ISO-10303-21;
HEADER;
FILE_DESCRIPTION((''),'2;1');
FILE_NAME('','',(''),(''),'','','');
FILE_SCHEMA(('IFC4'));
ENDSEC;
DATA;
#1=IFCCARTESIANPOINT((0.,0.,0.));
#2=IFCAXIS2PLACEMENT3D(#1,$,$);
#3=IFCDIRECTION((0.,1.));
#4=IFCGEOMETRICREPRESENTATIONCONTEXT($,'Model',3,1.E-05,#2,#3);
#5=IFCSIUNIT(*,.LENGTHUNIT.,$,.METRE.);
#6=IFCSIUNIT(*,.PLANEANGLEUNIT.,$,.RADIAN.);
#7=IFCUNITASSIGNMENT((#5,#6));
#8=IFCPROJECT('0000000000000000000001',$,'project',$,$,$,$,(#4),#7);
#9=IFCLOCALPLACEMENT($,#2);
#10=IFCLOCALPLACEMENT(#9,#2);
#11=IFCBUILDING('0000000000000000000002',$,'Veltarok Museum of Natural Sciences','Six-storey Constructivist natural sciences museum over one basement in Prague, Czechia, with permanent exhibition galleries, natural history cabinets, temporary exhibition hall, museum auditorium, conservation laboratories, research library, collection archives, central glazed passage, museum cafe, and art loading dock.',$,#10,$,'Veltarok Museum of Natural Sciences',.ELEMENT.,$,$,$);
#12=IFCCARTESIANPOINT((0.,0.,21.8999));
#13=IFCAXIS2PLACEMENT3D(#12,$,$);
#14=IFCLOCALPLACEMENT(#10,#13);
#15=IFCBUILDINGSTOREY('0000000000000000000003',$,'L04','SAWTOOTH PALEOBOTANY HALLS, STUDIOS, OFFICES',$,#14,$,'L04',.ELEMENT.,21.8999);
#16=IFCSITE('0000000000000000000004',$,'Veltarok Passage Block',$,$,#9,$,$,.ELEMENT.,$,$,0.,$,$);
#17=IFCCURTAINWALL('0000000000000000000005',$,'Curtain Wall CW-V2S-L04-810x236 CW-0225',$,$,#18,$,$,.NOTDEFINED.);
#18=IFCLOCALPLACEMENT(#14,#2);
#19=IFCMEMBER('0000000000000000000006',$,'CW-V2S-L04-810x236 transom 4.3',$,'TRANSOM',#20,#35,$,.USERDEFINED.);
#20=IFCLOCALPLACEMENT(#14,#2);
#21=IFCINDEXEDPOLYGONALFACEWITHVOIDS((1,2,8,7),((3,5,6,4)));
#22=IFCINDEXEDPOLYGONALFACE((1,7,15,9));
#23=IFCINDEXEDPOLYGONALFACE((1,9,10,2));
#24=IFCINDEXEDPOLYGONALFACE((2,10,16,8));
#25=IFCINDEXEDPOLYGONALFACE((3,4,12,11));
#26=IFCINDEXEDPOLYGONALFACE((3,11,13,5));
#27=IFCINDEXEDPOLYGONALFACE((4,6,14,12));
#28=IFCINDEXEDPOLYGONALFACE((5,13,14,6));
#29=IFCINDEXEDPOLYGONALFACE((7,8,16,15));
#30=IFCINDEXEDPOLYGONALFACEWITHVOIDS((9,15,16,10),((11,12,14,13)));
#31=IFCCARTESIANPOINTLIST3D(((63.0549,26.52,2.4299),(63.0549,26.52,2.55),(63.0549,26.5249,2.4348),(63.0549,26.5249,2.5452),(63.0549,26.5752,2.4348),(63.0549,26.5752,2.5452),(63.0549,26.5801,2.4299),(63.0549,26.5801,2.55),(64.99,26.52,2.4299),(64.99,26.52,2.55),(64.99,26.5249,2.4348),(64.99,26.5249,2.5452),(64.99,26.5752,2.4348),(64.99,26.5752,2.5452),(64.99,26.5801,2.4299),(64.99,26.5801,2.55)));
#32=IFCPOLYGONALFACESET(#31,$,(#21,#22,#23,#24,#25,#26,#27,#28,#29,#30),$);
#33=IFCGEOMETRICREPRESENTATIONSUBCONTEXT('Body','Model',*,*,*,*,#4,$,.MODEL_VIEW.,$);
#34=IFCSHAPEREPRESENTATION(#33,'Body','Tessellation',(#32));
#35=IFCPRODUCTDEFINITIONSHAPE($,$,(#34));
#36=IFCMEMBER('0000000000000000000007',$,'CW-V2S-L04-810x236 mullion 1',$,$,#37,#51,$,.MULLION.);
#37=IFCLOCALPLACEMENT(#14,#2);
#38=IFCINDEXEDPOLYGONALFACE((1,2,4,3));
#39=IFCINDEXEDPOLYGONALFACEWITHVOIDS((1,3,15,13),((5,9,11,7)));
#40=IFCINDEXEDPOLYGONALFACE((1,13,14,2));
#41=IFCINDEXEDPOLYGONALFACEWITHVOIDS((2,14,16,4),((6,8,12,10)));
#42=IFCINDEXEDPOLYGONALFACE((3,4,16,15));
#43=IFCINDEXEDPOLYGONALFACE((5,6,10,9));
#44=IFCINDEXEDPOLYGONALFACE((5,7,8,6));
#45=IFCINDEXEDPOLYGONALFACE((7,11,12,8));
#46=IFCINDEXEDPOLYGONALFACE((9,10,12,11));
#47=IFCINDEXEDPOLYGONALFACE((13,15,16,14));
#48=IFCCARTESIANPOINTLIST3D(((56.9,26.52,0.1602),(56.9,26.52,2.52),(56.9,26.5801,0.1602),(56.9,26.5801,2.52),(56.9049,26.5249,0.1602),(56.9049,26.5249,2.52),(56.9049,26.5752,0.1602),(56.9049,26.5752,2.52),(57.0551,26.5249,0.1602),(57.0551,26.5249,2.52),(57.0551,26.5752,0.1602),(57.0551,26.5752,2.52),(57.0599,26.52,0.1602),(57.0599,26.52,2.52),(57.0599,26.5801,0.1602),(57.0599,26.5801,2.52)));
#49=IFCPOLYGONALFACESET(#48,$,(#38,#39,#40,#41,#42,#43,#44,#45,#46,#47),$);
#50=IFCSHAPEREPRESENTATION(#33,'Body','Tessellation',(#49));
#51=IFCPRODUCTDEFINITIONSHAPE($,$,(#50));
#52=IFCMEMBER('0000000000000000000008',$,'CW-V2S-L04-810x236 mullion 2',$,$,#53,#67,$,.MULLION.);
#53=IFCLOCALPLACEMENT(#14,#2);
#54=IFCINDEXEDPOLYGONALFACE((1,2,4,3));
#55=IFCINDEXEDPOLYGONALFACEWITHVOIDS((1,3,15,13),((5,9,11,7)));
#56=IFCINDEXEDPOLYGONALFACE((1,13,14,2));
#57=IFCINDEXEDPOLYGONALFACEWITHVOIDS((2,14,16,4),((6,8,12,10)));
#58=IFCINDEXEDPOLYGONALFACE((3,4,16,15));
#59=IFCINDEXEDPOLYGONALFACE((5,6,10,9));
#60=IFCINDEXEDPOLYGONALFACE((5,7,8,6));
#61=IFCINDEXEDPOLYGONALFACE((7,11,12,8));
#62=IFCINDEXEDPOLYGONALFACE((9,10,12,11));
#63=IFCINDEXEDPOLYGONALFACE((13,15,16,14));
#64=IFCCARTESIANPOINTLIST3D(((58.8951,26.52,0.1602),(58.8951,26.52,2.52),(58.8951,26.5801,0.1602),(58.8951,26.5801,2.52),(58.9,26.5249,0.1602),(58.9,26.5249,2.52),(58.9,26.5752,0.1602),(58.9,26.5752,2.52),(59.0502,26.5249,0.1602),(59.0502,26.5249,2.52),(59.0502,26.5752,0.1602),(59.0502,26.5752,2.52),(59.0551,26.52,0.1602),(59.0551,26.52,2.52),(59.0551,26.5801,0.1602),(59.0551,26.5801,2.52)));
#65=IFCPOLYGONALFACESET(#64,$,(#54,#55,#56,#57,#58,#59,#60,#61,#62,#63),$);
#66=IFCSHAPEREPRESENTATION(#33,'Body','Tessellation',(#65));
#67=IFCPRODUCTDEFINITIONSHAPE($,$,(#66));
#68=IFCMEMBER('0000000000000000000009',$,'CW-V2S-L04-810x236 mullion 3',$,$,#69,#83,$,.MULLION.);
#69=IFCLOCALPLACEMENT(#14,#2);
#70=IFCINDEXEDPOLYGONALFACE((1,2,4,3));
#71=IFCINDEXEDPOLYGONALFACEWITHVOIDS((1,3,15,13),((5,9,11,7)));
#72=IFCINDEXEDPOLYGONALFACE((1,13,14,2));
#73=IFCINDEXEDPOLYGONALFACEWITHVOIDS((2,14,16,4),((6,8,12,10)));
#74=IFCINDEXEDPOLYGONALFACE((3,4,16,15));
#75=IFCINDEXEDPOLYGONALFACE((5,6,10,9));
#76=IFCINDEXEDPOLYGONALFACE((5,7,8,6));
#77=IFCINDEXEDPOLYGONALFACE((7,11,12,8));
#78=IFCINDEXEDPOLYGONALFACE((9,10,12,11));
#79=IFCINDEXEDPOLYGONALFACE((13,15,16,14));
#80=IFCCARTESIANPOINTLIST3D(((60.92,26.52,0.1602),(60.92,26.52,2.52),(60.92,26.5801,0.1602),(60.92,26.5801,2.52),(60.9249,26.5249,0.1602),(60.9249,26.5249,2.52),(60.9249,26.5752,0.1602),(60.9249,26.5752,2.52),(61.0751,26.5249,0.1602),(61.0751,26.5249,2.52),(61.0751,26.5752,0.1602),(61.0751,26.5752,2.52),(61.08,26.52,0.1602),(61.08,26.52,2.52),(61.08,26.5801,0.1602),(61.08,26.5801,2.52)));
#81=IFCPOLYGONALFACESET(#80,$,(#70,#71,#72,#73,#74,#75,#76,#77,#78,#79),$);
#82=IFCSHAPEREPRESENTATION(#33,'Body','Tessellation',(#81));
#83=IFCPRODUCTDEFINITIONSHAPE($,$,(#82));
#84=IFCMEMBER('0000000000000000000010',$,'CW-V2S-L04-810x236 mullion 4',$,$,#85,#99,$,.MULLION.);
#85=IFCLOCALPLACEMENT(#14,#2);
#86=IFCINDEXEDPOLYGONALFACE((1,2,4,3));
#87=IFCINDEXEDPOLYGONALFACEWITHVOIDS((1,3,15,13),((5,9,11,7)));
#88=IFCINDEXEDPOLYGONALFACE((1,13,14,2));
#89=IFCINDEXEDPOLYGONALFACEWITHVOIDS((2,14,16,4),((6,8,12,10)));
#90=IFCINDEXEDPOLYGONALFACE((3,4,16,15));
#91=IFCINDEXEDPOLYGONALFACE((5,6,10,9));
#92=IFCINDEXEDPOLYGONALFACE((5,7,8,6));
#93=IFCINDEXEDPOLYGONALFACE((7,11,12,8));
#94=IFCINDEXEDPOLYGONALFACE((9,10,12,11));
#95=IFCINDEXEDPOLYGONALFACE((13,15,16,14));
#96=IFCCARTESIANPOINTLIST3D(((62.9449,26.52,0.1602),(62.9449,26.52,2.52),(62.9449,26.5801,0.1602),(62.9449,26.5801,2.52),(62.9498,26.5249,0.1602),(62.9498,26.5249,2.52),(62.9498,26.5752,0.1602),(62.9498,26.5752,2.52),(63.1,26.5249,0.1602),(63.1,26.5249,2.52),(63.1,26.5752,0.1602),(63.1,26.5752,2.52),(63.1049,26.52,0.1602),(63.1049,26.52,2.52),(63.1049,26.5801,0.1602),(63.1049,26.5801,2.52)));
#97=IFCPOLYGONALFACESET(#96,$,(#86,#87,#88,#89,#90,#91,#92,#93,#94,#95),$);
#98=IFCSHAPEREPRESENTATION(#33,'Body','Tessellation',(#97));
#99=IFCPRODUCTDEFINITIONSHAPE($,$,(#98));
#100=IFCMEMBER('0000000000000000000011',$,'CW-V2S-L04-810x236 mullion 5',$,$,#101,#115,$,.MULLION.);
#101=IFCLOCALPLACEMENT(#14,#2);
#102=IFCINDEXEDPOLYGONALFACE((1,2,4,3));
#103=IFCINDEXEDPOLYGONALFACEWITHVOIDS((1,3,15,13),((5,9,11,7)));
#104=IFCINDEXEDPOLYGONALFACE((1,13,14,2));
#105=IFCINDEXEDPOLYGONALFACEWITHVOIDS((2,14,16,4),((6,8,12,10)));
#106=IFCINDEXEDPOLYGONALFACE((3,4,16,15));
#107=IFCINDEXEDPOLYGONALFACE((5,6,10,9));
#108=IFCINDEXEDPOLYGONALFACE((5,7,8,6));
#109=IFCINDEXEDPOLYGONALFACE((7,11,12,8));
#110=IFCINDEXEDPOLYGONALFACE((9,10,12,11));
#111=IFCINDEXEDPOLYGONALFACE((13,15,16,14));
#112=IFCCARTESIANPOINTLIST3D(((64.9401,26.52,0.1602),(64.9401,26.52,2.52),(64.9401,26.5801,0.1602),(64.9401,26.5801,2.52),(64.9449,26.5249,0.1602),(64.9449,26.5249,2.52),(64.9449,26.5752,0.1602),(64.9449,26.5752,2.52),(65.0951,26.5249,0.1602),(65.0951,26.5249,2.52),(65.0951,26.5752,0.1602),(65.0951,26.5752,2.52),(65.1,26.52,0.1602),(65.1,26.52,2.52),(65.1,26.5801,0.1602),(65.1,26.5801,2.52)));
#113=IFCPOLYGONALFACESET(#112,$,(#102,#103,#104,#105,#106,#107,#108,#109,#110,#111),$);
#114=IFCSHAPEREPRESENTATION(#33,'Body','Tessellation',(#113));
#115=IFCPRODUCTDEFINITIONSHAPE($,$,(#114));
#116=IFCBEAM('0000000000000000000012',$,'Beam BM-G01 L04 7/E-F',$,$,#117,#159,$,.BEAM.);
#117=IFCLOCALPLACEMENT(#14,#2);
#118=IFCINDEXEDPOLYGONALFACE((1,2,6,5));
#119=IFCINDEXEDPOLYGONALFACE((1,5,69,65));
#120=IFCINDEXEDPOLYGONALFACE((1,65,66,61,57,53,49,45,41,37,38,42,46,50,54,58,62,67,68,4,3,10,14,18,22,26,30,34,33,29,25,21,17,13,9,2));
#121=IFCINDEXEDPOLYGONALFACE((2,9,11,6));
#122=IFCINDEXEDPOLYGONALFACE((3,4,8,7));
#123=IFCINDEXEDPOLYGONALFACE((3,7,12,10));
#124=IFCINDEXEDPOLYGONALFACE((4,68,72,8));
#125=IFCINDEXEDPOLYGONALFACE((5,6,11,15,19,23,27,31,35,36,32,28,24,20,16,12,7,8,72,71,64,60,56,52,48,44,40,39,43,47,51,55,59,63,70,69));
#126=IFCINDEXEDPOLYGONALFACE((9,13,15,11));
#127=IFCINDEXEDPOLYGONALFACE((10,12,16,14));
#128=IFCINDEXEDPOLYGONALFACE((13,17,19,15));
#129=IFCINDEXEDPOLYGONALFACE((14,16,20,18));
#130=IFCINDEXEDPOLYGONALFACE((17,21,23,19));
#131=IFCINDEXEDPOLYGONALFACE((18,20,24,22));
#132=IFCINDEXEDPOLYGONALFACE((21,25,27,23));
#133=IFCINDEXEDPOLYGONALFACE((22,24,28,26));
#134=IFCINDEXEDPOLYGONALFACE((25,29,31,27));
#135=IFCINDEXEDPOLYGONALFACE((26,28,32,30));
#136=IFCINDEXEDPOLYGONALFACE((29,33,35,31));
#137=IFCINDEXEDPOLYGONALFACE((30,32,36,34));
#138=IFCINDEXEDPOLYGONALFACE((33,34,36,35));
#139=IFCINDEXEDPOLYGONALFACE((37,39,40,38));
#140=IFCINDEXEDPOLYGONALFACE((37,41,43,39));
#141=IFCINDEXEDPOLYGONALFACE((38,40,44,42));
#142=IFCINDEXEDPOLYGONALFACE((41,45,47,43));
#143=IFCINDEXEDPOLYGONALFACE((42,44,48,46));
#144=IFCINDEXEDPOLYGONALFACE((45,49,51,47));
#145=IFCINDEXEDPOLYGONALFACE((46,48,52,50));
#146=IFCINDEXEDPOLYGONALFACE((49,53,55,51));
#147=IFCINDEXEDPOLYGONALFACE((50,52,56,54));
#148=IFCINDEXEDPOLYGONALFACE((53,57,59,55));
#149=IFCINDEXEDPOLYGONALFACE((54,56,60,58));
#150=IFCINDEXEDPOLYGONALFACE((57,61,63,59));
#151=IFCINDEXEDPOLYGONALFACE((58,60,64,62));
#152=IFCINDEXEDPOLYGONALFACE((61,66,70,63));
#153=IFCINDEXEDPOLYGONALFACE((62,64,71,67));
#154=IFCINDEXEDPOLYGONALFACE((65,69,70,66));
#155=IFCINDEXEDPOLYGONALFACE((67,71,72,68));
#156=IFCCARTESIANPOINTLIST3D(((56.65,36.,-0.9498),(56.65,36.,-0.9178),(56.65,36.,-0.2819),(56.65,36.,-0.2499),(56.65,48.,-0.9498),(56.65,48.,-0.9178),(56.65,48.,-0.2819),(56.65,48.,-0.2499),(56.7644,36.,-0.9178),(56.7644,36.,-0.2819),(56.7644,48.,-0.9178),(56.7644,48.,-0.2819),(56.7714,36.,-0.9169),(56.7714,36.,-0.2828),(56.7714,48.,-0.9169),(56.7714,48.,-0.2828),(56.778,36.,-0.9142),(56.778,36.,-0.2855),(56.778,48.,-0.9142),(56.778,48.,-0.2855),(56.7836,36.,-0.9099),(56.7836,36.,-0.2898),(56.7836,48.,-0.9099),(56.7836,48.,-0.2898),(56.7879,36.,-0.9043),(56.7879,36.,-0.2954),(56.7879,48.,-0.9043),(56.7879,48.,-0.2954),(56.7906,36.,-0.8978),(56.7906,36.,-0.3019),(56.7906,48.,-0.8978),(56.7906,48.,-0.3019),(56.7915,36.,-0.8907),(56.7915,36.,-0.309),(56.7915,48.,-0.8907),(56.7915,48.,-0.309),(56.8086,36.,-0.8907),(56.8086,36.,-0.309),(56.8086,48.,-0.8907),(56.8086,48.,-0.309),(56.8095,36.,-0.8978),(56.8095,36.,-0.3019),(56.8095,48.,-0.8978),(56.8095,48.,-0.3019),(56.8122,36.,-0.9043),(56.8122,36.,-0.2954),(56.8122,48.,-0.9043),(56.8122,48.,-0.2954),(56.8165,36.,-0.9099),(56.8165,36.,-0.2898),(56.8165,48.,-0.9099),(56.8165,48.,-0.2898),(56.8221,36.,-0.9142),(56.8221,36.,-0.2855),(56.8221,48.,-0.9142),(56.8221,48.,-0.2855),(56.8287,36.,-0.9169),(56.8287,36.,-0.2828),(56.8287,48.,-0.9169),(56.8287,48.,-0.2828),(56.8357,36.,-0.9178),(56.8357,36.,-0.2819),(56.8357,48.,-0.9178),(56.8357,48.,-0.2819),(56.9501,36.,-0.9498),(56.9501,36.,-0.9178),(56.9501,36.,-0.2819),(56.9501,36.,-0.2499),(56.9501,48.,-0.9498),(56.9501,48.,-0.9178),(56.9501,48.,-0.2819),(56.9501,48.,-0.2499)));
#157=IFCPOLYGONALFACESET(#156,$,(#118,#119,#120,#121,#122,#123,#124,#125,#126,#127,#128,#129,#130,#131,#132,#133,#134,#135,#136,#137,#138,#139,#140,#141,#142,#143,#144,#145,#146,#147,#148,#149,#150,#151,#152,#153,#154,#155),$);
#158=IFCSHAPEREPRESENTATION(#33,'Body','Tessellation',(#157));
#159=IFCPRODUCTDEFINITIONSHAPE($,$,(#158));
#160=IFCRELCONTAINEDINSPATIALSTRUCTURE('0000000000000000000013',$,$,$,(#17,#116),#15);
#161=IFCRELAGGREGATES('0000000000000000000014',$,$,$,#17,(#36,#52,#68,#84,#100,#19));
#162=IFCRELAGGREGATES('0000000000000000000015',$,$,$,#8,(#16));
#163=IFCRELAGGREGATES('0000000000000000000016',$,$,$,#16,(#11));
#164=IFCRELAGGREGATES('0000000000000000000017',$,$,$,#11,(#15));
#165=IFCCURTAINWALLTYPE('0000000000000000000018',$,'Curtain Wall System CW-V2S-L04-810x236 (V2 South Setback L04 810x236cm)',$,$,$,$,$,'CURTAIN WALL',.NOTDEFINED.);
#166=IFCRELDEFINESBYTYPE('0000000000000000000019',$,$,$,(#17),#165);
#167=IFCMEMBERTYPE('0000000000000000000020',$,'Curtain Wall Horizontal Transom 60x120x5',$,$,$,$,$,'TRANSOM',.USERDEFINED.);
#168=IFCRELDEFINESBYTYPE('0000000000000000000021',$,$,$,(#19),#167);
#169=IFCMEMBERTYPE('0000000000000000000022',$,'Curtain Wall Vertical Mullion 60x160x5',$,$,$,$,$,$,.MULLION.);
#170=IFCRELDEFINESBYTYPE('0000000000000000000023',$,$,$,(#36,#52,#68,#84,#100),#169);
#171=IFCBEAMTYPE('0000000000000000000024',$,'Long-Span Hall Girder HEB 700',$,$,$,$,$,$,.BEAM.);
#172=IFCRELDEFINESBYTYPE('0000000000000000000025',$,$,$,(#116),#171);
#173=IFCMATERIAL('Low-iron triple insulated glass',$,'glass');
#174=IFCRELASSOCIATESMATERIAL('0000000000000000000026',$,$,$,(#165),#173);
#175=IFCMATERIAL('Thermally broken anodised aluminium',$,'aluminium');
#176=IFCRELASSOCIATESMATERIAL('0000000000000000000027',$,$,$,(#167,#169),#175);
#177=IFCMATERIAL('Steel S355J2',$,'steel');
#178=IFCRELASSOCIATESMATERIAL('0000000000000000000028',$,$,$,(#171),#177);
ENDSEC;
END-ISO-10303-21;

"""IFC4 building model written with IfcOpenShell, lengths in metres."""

from ifc_helpers import new_model, si_unit, direction, frame, origin, origin_2d, place, context, subcontext, project, spatial, hollow_rectangle, i_section, extrude, material, material_profile, profile_set, type_object, element, aggregate, save


model = new_model("IFC4")

# Units and contexts
model_context = context("Model", 3, precision=1e-05, world=origin(), true_north=direction((0.0, 1.0)))
body_context = subcontext(model_context, "Body", "Model", "MODEL_VIEW")
ifc_project = project(units=[si_unit("LENGTHUNIT", "METRE"), si_unit("PLANEANGLEUNIT", "RADIAN")], contexts=[model_context])

# Site, building, storey
site_placement = place(None, origin())
site = spatial("IfcSite", under=ifc_project, at=site_placement, Name="Veltarok Passage Block", CompositionType="ELEMENT", RefElevation=0.0)
building_placement = place(site_placement, origin())
building = spatial("IfcBuilding", under=site, at=building_placement, Name="Veltarok Museum of Natural Sciences", Description="Six-storey Constructivist natural sciences museum over one basement in Prague, Czechia, with permanent exhibition galleries, natural history cabinets, temporary exhibition hall, museum auditorium, conservation laboratories, research library, collection archives, central glazed passage, museum cafe, and art loading dock.", LongName="Veltarok Museum of Natural Sciences", CompositionType="ELEMENT")
storey_placement = place(building_placement, frame((0.0, 0.0, 21.8999)))
storey = spatial("IfcBuildingStorey", under=building, at=storey_placement, Name="L04", Description="SAWTOOTH PALEOBOTANY HALLS, STUDIOS, OFFICES", LongName="L04", CompositionType="ELEMENT", Elevation=21.8999)

# Curtain wall, members
ifc_material_1 = material(Name="Low-iron triple insulated glass", Category="glass")
curtain_wall_type = type_object("IfcCurtainWallType", Name="Curtain Wall System CW-V2S-L04-810x236 (V2 South Setback L04 810x236cm)", ElementType="CURTAIN WALL", PredefinedType="NOTDEFINED", material=ifc_material_1)
curtain_wall_placement = place(storey_placement, origin())
curtain_wall = element("IfcCurtainWall", 1, at=curtain_wall_placement, inside=storey, type_object=curtain_wall_type, Name="Curtain Wall CW-V2S-L04-810x236 CW-0225", PredefinedType="NOTDEFINED")
ifc_material_2 = material(Name="Thermally broken anodised aluminium", Category="aluminium")
ifc_material_profile_1 = material_profile(ifc_material_2, hollow_rectangle(XDim=0.0601, YDim=0.1201, WallThickness=0.0049, at=origin_2d()), Name="CW TRANSOM 60x120x5")
ifc_profile_set_1 = profile_set([ifc_material_profile_1], Name="Thermally broken anodised aluminium")
member_type_1 = type_object("IfcMemberType", Name="Curtain Wall Horizontal Transom 60x120x5", ElementType="TRANSOM", PredefinedType="USERDEFINED", material=ifc_profile_set_1)
member_1_placement = place(storey_placement, frame((63.0549, 26.55, 2.49), z_axis=(1.0, 0.0, 0.0), x_axis=(0.0, 1.0, 0.0)))
member_1 = element("IfcMember", 2, at=member_1_placement, type_object=member_type_1, Name="CW-V2S-L04-810x236 transom 4.3", ObjectType="TRANSOM", PredefinedType="USERDEFINED", context=body_context, shape_type="SweptSolid", body=[
    extrude(hollow_rectangle(XDim=0.0601, YDim=0.1201, WallThickness=0.0049, at=origin_2d()), origin(), (0.0, 0.0, 1.0), 1.9351),
])
ifc_material_profile_2 = material_profile(ifc_material_2, hollow_rectangle(XDim=0.0601, YDim=0.1599, WallThickness=0.0049, at=origin_2d()), Name="CW MULLION 60x160x5")
ifc_profile_set_2 = profile_set([ifc_material_profile_2], Name="Thermally broken anodised aluminium")
member_type_2 = type_object("IfcMemberType", Name="Curtain Wall Vertical Mullion 60x160x5", PredefinedType="MULLION", material=ifc_profile_set_2)
member_2_placement = place(storey_placement, frame((56.98, 26.55, 0.1602), z_axis=(0.0, 0.0, 1.0), x_axis=(0.0, 1.0, 0.0)))
member_2 = element("IfcMember", 3, at=member_2_placement, type_object=member_type_2, Name="CW-V2S-L04-810x236 mullion 1", PredefinedType="MULLION", context=body_context, shape_type="SweptSolid", body=[
    extrude(hollow_rectangle(XDim=0.0601, YDim=0.1599, WallThickness=0.0049, at=origin_2d()), origin(), (0.0, 0.0, 1.0), 2.3599),
])
member_3_placement = place(storey_placement, frame((58.9751, 26.55, 0.1602), z_axis=(0.0, 0.0, 1.0), x_axis=(0.0, 1.0, 0.0)))
member_3 = element("IfcMember", 4, at=member_3_placement, type_object=member_type_2, Name="CW-V2S-L04-810x236 mullion 2", PredefinedType="MULLION", context=body_context, shape_type="SweptSolid", body=[
    extrude(hollow_rectangle(XDim=0.0601, YDim=0.1599, WallThickness=0.0049, at=origin_2d()), origin(), (0.0, 0.0, 1.0), 2.3599),
])
member_4_placement = place(storey_placement, frame((61.0, 26.55, 0.1602), z_axis=(0.0, 0.0, 1.0), x_axis=(0.0, 1.0, 0.0)))
member_4 = element("IfcMember", 5, at=member_4_placement, type_object=member_type_2, Name="CW-V2S-L04-810x236 mullion 3", PredefinedType="MULLION", context=body_context, shape_type="SweptSolid", body=[
    extrude(hollow_rectangle(XDim=0.0601, YDim=0.1599, WallThickness=0.0049, at=origin_2d()), origin(), (0.0, 0.0, 1.0), 2.3599),
])
member_5_placement = place(storey_placement, frame((63.0249, 26.55, 0.1602), z_axis=(0.0, 0.0, 1.0), x_axis=(0.0, 1.0, 0.0)))
member_5 = element("IfcMember", 6, at=member_5_placement, type_object=member_type_2, Name="CW-V2S-L04-810x236 mullion 4", PredefinedType="MULLION", context=body_context, shape_type="SweptSolid", body=[
    extrude(hollow_rectangle(XDim=0.0601, YDim=0.1599, WallThickness=0.0049, at=origin_2d()), origin(), (0.0, 0.0, 1.0), 2.3599),
])
member_6_placement = place(storey_placement, frame((65.02, 26.55, 0.1602), z_axis=(0.0, 0.0, 1.0), x_axis=(0.0, 1.0, 0.0)))
member_6 = element("IfcMember", 7, at=member_6_placement, type_object=member_type_2, Name="CW-V2S-L04-810x236 mullion 5", PredefinedType="MULLION", context=body_context, shape_type="SweptSolid", body=[
    extrude(hollow_rectangle(XDim=0.0601, YDim=0.1599, WallThickness=0.0049, at=origin_2d()), origin(), (0.0, 0.0, 1.0), 2.3599),
])

# Beam
ifc_material_3 = material(Name="Steel S355J2", Category="steel")
ifc_material_profile_3 = material_profile(ifc_material_3, i_section(OverallWidth=0.3, OverallDepth=0.7, WebThickness=0.0171, FlangeThickness=0.032, FilletRadius=0.0271, at=origin_2d()), Name="HEB 700")
ifc_profile_set_3 = profile_set([ifc_material_profile_3], Name="Steel S355J2")
beam_type_1 = type_object("IfcBeamType", Name="Long-Span Hall Girder HEB 700", PredefinedType="BEAM", material=ifc_profile_set_3)
beam_1_placement = place(storey_placement, frame((56.8, 36.0, -0.5999), z_axis=(0.0, 1.0, 0.0), x_axis=(-1.0, 0.0, 0.0)))
element("IfcBeam", 8, at=beam_1_placement, inside=storey, type_object=beam_type_1, Name="Beam BM-G01 L04 7/E-F", PredefinedType="BEAM", context=body_context, shape_type="SweptSolid", body=[
    extrude(i_section(OverallWidth=0.3, OverallDepth=0.7, WebThickness=0.0171, FlangeThickness=0.032, FilletRadius=0.0271, at=origin_2d()), origin(), (0.0, 0.0, 1.0), 12.0),
])

aggregate(curtain_wall, [member_2, member_3, member_4, member_5, member_6, member_1])

save(model, "model.ifc")
